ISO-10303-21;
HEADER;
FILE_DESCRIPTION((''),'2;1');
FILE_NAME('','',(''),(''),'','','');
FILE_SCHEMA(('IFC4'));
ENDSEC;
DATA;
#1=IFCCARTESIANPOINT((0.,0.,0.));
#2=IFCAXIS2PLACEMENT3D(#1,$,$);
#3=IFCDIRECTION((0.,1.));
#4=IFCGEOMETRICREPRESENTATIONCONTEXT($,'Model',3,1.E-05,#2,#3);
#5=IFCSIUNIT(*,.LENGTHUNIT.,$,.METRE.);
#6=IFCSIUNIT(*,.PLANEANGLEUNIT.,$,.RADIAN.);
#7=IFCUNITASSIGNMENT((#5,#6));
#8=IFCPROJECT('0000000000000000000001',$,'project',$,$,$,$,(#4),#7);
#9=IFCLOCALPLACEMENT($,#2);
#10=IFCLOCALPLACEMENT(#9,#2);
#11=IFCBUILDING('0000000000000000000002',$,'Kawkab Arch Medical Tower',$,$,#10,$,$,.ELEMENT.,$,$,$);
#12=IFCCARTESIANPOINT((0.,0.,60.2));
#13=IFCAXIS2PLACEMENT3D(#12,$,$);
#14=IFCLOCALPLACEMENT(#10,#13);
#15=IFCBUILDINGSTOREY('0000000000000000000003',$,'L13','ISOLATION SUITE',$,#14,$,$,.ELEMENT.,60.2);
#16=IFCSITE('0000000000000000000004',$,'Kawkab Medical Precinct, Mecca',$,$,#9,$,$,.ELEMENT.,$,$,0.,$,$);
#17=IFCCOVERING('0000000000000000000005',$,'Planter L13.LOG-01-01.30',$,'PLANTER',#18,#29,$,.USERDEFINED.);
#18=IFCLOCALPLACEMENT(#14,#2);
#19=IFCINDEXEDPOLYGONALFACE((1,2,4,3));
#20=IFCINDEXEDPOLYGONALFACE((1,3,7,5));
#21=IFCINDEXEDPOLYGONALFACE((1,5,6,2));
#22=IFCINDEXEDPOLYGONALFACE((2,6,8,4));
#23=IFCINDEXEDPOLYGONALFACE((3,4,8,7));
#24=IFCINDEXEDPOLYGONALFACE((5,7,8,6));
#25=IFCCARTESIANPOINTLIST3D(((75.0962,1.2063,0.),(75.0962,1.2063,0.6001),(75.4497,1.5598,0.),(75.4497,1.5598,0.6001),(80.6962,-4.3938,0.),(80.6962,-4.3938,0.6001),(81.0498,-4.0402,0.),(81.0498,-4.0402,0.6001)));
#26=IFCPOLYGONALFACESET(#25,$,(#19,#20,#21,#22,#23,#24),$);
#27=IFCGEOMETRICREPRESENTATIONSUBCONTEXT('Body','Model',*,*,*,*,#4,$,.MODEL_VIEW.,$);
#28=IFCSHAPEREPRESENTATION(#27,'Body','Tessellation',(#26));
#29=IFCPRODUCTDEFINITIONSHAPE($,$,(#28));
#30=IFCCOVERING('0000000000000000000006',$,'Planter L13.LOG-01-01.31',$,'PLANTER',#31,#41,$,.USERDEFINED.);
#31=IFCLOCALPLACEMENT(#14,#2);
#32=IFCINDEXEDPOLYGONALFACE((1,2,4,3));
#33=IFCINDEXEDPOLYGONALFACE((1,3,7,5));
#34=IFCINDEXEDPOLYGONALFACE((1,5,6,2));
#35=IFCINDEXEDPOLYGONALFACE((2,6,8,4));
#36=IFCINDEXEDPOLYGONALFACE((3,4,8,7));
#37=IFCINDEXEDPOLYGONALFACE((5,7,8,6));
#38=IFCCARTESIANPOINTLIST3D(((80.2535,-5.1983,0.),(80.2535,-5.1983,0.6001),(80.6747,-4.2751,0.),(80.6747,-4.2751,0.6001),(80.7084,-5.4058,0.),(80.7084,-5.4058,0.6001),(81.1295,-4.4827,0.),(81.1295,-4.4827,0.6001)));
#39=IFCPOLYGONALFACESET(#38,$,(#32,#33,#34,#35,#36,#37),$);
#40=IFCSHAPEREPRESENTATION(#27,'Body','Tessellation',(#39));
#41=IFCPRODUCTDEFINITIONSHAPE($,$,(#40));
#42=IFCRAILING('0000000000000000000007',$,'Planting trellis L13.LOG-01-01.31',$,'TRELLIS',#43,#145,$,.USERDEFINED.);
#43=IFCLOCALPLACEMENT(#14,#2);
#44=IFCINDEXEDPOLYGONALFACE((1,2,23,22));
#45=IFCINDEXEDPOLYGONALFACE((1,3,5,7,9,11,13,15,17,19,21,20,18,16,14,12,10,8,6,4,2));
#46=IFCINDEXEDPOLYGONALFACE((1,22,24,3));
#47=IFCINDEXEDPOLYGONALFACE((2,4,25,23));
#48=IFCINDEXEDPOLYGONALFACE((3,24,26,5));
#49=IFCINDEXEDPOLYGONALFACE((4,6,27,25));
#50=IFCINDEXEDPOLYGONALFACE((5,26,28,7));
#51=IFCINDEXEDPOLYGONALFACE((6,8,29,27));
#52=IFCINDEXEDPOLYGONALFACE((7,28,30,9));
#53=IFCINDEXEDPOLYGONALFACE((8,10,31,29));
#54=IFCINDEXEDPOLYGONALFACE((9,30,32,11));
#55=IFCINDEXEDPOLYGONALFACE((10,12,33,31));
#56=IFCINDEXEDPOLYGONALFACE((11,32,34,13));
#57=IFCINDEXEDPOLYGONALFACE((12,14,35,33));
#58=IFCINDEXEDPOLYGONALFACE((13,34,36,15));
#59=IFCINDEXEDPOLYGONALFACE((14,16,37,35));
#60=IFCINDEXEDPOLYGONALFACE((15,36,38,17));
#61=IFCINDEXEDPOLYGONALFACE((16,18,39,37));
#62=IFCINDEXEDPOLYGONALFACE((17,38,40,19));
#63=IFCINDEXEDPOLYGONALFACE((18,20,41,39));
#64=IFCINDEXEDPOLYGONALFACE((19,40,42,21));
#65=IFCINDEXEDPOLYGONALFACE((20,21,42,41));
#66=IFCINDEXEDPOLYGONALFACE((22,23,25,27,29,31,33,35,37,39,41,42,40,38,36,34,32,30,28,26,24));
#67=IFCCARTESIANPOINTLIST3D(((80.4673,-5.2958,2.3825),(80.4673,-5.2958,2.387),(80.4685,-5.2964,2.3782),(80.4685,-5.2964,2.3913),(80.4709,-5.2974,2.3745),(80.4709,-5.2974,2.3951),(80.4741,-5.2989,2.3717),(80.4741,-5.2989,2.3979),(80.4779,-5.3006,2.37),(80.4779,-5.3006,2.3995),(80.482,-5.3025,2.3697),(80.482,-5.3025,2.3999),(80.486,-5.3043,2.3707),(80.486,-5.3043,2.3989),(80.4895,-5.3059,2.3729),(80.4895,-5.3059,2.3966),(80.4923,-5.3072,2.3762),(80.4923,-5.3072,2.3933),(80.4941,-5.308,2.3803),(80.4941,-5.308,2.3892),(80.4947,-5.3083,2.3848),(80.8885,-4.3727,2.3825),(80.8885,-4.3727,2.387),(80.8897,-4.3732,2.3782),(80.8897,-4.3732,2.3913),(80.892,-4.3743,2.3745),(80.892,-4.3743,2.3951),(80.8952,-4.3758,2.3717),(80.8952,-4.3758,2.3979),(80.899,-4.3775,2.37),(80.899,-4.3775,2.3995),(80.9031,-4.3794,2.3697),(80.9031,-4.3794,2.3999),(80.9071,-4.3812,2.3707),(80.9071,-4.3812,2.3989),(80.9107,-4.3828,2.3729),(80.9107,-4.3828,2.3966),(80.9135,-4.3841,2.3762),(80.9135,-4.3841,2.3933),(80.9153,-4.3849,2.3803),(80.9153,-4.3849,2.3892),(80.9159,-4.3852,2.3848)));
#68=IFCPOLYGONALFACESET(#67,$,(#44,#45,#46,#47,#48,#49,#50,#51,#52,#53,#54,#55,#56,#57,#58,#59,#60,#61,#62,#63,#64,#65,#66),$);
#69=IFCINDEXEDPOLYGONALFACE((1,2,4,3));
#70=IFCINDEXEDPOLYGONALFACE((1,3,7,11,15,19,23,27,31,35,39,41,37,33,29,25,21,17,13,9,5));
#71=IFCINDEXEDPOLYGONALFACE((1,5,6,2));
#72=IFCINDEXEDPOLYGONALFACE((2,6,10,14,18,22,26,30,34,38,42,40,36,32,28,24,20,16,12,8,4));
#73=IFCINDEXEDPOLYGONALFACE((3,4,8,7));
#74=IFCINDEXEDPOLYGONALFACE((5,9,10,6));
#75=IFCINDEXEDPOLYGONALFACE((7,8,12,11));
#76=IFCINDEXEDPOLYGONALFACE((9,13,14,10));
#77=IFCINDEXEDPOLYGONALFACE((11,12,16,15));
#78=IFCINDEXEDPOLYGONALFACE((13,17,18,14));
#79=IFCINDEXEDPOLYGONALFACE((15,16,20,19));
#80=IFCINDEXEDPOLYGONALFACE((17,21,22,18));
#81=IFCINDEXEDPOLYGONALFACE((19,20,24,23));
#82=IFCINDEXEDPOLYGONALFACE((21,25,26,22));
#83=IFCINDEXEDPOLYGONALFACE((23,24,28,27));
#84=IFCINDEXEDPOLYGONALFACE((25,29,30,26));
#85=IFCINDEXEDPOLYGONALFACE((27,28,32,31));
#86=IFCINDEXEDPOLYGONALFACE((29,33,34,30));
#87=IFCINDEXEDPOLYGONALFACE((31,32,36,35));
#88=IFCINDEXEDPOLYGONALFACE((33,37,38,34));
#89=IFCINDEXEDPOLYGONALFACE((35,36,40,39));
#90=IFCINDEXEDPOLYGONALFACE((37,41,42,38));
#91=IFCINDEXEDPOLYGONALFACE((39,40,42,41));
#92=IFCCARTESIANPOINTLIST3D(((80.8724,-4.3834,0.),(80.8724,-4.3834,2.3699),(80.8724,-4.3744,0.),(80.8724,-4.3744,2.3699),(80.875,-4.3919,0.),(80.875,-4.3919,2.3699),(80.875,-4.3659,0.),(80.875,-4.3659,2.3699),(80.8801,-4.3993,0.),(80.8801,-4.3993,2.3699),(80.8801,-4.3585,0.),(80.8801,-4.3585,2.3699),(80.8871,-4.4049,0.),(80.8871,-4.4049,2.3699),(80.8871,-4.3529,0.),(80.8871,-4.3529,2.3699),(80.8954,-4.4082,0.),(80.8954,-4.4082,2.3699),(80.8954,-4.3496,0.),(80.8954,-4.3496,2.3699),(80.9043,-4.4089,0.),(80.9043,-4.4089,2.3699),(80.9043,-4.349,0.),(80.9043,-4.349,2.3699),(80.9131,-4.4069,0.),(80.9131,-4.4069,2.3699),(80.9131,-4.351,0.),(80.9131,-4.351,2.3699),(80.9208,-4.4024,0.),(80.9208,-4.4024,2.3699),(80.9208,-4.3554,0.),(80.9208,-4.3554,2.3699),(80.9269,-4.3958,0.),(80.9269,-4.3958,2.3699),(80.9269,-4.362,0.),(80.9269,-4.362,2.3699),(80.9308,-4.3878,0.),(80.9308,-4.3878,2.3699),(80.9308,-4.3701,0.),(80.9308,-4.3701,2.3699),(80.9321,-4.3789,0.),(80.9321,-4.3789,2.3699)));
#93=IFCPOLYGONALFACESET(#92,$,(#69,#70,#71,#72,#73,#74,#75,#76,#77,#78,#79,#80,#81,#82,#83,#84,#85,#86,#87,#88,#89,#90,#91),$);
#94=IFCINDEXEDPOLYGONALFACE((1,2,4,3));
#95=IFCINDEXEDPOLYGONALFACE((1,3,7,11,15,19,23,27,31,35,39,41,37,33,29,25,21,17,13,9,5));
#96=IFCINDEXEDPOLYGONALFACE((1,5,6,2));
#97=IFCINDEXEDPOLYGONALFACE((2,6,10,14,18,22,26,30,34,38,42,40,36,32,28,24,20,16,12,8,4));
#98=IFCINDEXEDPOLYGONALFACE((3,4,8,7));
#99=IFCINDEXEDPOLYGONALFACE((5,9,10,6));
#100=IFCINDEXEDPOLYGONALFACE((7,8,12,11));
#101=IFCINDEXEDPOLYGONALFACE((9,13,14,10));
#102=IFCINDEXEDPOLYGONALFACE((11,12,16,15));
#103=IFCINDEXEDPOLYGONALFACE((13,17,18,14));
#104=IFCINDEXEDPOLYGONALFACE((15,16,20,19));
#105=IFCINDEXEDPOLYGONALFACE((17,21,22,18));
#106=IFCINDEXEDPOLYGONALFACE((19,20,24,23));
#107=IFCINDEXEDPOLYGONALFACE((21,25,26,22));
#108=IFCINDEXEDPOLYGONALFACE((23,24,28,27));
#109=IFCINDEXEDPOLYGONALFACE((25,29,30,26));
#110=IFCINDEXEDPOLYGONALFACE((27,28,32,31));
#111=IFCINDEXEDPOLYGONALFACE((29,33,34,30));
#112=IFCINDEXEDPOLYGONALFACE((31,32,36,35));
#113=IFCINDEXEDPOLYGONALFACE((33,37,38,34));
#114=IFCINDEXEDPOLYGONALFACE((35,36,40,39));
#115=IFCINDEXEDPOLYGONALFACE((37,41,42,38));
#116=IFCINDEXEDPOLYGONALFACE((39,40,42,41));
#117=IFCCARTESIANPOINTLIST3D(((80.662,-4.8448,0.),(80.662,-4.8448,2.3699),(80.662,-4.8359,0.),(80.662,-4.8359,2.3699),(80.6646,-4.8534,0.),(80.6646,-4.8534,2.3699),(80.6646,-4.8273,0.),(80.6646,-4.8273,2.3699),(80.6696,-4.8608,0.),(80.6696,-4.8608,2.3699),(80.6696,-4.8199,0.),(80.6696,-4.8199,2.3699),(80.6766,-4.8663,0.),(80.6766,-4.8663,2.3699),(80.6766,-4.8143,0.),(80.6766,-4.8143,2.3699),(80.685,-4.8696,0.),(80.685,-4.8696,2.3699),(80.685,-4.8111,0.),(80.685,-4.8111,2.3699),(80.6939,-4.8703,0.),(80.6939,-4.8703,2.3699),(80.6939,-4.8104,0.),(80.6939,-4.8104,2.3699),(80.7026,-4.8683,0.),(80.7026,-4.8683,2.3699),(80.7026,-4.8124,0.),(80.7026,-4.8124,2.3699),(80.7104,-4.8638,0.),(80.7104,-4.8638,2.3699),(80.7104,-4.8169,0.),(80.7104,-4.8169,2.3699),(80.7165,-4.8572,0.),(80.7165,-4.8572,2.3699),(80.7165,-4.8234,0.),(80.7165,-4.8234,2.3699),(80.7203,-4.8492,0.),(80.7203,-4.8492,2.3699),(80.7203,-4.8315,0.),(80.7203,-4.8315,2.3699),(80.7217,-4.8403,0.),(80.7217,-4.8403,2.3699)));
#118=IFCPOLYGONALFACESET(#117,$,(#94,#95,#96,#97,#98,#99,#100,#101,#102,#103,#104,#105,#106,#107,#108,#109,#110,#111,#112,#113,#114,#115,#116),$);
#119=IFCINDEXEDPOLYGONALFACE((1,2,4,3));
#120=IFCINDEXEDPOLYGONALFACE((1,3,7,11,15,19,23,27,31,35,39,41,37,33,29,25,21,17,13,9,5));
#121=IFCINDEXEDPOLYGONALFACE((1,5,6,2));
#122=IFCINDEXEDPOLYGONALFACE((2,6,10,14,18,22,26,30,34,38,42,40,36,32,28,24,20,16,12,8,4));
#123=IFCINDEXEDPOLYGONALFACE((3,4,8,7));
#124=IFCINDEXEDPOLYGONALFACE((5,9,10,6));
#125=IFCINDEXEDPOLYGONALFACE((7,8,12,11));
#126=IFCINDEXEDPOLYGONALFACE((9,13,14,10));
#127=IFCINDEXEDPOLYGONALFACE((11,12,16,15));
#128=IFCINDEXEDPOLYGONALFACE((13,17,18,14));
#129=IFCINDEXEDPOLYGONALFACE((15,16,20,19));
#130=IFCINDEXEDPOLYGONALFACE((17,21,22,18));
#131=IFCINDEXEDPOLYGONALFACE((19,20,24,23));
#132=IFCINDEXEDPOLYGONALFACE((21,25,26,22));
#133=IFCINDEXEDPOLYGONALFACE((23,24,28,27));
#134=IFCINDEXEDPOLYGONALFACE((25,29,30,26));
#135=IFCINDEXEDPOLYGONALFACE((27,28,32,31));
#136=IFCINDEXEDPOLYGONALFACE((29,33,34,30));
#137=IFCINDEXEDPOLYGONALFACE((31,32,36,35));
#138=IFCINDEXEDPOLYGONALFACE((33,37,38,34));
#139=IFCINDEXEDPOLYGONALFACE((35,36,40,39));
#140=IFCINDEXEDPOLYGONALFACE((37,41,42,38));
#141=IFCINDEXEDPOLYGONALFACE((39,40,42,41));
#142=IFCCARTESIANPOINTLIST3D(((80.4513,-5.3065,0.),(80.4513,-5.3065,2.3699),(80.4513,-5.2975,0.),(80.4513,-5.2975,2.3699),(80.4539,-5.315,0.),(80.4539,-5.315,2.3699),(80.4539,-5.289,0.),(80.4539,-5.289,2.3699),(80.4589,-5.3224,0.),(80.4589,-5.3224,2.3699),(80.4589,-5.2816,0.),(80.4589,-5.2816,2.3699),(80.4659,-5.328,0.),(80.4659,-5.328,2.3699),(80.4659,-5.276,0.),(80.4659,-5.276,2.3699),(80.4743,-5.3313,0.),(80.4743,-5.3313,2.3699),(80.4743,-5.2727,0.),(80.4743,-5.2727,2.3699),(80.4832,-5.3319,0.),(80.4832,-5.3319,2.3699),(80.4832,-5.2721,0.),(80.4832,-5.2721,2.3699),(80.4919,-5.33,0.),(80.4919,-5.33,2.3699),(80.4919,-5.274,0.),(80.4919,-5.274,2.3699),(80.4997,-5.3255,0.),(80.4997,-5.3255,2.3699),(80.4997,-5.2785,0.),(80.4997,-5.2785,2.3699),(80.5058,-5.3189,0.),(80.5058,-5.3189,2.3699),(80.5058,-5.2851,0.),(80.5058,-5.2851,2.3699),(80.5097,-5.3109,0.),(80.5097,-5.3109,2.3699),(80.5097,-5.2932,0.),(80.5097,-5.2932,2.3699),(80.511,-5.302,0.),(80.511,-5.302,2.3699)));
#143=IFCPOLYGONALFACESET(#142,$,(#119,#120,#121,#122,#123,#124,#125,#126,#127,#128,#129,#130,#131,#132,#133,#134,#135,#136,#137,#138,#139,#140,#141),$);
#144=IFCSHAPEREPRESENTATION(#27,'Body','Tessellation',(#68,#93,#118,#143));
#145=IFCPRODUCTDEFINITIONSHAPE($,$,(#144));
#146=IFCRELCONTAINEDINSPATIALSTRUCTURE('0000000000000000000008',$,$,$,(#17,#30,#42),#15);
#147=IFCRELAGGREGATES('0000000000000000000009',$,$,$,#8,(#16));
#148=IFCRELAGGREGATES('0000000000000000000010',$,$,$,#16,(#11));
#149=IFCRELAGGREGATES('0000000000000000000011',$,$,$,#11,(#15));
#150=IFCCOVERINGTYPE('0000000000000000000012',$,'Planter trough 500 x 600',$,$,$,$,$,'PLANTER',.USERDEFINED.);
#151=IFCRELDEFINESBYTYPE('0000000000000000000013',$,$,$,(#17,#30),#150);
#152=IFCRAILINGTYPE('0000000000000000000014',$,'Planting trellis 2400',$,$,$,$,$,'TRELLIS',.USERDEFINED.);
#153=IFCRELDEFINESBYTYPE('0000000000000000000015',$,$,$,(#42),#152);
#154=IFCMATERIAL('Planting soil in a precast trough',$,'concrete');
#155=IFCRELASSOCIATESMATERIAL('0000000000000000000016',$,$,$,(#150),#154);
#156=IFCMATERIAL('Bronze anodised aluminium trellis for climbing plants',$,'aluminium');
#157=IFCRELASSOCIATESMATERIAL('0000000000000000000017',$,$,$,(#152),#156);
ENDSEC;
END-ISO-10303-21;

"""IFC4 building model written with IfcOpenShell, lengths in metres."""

from ifc_helpers import new_model, si_unit, direction, frame, origin, origin_2d, place, context, subcontext, project, spatial, rectangle, circle, extrude, material, material_profile, profile_set, type_object, element, save


model = new_model("IFC4")

# Units and contexts
model_context = context("Model", 3, precision=1e-05, world=origin(), true_north=direction((0.0, 1.0)))
body_context = subcontext(model_context, "Body", "Model", "MODEL_VIEW")
ifc_project = project(units=[si_unit("LENGTHUNIT", "METRE"), si_unit("PLANEANGLEUNIT", "RADIAN")], contexts=[model_context])

# Site, building, storey
site_placement = place(None, origin())
site = spatial("IfcSite", under=ifc_project, at=site_placement, Name="Kawkab Medical Precinct, Mecca", CompositionType="ELEMENT", RefElevation=0.0)
building_placement = place(site_placement, origin())
building = spatial("IfcBuilding", under=site, at=building_placement, Name="Kawkab Arch Medical Tower", CompositionType="ELEMENT")
storey_placement = place(building_placement, frame((0.0, 0.0, 60.2)))
storey = spatial("IfcBuildingStorey", under=building, at=storey_placement, Name="L13", Description="ISOLATION SUITE", CompositionType="ELEMENT", Elevation=60.2)

# Coverings
ifc_material_1 = material(Name="Planting soil in a precast trough", Category="concrete")
ifc_material_profile_1 = material_profile(ifc_material_1, rectangle(XDim=0.5, YDim=0.6001, at=origin_2d()), Name="Trough 500x600")
ifc_profile_set_1 = profile_set([ifc_material_profile_1], Name="Planting soil in a precast trough")
covering_type = type_object("IfcCoveringType", Name="Planter trough 500 x 600", ElementType="PLANTER", PredefinedType="USERDEFINED", material=ifc_profile_set_1)
covering_1_placement = place(storey_placement, frame((75.2729, 1.3831, 0.3), z_axis=(0.707107, -0.707107, 0.0), x_axis=(0.707107, 0.707107, 0.0)))
element("IfcCovering", 1, at=covering_1_placement, inside=storey, type_object=covering_type, Name="Planter L13.LOG-01-01.30", ObjectType="PLANTER", PredefinedType="USERDEFINED", context=body_context, shape_type="SweptSolid", body=[
    extrude(rectangle(XDim=0.5, YDim=0.6001, at=origin_2d()), origin(), (0.0, 0.0, 1.0), 7.9197),
])
covering_2_placement = place(storey_placement, frame((80.9021, -4.3789, 0.3), z_axis=(-0.415072, -0.909789, 0.0), x_axis=(0.909789, -0.415072, 0.0)))
element("IfcCovering", 2, at=covering_2_placement, inside=storey, type_object=covering_type, Name="Planter L13.LOG-01-01.31", ObjectType="PLANTER", PredefinedType="USERDEFINED", context=body_context, shape_type="SweptSolid", body=[
    extrude(rectangle(XDim=0.5, YDim=0.6001, at=origin_2d()), origin(), (0.0, 0.0, 1.0), 1.0146),
])

# Railing
ifc_material_2 = material(Name="Bronze anodised aluminium trellis for climbing plants", Category="aluminium")
railing_type = type_object("IfcRailingType", Name="Planting trellis 2400", ElementType="TRELLIS", PredefinedType="USERDEFINED", material=ifc_material_2)
railing_1_placement = place(storey_placement, frame((80.9021, -4.3789, 0.0)))
element("IfcRailing", 3, at=railing_1_placement, inside=storey, type_object=railing_type, Name="Planting trellis L13.LOG-01-01.31", ObjectType="TRELLIS", PredefinedType="USERDEFINED", context=body_context, shape_type="SweptSolid", body=[
    extrude(circle(Radius=0.0151, at=origin_2d()), frame((0.0, 0.0, 2.3848), z_axis=(-0.415072, -0.909789, 0.0), x_axis=(0.909789, -0.415072, 0.0)), (0.0, 0.0, 1.0), 1.0146),
    extrude(circle(Radius=0.03, at=origin_2d()), origin(), (0.0, 0.0, 1.0), 2.3699),
    extrude(circle(Radius=0.03, at=origin_2d()), frame((-0.2104, -0.4614, 0.0)), (0.0, 0.0, 1.0), 2.3699),
    extrude(circle(Radius=0.03, at=origin_2d()), frame((-0.4211, -0.9231, 0.0)), (0.0, 0.0, 1.0), 2.3699),
])

save(model, "model.ifc")
